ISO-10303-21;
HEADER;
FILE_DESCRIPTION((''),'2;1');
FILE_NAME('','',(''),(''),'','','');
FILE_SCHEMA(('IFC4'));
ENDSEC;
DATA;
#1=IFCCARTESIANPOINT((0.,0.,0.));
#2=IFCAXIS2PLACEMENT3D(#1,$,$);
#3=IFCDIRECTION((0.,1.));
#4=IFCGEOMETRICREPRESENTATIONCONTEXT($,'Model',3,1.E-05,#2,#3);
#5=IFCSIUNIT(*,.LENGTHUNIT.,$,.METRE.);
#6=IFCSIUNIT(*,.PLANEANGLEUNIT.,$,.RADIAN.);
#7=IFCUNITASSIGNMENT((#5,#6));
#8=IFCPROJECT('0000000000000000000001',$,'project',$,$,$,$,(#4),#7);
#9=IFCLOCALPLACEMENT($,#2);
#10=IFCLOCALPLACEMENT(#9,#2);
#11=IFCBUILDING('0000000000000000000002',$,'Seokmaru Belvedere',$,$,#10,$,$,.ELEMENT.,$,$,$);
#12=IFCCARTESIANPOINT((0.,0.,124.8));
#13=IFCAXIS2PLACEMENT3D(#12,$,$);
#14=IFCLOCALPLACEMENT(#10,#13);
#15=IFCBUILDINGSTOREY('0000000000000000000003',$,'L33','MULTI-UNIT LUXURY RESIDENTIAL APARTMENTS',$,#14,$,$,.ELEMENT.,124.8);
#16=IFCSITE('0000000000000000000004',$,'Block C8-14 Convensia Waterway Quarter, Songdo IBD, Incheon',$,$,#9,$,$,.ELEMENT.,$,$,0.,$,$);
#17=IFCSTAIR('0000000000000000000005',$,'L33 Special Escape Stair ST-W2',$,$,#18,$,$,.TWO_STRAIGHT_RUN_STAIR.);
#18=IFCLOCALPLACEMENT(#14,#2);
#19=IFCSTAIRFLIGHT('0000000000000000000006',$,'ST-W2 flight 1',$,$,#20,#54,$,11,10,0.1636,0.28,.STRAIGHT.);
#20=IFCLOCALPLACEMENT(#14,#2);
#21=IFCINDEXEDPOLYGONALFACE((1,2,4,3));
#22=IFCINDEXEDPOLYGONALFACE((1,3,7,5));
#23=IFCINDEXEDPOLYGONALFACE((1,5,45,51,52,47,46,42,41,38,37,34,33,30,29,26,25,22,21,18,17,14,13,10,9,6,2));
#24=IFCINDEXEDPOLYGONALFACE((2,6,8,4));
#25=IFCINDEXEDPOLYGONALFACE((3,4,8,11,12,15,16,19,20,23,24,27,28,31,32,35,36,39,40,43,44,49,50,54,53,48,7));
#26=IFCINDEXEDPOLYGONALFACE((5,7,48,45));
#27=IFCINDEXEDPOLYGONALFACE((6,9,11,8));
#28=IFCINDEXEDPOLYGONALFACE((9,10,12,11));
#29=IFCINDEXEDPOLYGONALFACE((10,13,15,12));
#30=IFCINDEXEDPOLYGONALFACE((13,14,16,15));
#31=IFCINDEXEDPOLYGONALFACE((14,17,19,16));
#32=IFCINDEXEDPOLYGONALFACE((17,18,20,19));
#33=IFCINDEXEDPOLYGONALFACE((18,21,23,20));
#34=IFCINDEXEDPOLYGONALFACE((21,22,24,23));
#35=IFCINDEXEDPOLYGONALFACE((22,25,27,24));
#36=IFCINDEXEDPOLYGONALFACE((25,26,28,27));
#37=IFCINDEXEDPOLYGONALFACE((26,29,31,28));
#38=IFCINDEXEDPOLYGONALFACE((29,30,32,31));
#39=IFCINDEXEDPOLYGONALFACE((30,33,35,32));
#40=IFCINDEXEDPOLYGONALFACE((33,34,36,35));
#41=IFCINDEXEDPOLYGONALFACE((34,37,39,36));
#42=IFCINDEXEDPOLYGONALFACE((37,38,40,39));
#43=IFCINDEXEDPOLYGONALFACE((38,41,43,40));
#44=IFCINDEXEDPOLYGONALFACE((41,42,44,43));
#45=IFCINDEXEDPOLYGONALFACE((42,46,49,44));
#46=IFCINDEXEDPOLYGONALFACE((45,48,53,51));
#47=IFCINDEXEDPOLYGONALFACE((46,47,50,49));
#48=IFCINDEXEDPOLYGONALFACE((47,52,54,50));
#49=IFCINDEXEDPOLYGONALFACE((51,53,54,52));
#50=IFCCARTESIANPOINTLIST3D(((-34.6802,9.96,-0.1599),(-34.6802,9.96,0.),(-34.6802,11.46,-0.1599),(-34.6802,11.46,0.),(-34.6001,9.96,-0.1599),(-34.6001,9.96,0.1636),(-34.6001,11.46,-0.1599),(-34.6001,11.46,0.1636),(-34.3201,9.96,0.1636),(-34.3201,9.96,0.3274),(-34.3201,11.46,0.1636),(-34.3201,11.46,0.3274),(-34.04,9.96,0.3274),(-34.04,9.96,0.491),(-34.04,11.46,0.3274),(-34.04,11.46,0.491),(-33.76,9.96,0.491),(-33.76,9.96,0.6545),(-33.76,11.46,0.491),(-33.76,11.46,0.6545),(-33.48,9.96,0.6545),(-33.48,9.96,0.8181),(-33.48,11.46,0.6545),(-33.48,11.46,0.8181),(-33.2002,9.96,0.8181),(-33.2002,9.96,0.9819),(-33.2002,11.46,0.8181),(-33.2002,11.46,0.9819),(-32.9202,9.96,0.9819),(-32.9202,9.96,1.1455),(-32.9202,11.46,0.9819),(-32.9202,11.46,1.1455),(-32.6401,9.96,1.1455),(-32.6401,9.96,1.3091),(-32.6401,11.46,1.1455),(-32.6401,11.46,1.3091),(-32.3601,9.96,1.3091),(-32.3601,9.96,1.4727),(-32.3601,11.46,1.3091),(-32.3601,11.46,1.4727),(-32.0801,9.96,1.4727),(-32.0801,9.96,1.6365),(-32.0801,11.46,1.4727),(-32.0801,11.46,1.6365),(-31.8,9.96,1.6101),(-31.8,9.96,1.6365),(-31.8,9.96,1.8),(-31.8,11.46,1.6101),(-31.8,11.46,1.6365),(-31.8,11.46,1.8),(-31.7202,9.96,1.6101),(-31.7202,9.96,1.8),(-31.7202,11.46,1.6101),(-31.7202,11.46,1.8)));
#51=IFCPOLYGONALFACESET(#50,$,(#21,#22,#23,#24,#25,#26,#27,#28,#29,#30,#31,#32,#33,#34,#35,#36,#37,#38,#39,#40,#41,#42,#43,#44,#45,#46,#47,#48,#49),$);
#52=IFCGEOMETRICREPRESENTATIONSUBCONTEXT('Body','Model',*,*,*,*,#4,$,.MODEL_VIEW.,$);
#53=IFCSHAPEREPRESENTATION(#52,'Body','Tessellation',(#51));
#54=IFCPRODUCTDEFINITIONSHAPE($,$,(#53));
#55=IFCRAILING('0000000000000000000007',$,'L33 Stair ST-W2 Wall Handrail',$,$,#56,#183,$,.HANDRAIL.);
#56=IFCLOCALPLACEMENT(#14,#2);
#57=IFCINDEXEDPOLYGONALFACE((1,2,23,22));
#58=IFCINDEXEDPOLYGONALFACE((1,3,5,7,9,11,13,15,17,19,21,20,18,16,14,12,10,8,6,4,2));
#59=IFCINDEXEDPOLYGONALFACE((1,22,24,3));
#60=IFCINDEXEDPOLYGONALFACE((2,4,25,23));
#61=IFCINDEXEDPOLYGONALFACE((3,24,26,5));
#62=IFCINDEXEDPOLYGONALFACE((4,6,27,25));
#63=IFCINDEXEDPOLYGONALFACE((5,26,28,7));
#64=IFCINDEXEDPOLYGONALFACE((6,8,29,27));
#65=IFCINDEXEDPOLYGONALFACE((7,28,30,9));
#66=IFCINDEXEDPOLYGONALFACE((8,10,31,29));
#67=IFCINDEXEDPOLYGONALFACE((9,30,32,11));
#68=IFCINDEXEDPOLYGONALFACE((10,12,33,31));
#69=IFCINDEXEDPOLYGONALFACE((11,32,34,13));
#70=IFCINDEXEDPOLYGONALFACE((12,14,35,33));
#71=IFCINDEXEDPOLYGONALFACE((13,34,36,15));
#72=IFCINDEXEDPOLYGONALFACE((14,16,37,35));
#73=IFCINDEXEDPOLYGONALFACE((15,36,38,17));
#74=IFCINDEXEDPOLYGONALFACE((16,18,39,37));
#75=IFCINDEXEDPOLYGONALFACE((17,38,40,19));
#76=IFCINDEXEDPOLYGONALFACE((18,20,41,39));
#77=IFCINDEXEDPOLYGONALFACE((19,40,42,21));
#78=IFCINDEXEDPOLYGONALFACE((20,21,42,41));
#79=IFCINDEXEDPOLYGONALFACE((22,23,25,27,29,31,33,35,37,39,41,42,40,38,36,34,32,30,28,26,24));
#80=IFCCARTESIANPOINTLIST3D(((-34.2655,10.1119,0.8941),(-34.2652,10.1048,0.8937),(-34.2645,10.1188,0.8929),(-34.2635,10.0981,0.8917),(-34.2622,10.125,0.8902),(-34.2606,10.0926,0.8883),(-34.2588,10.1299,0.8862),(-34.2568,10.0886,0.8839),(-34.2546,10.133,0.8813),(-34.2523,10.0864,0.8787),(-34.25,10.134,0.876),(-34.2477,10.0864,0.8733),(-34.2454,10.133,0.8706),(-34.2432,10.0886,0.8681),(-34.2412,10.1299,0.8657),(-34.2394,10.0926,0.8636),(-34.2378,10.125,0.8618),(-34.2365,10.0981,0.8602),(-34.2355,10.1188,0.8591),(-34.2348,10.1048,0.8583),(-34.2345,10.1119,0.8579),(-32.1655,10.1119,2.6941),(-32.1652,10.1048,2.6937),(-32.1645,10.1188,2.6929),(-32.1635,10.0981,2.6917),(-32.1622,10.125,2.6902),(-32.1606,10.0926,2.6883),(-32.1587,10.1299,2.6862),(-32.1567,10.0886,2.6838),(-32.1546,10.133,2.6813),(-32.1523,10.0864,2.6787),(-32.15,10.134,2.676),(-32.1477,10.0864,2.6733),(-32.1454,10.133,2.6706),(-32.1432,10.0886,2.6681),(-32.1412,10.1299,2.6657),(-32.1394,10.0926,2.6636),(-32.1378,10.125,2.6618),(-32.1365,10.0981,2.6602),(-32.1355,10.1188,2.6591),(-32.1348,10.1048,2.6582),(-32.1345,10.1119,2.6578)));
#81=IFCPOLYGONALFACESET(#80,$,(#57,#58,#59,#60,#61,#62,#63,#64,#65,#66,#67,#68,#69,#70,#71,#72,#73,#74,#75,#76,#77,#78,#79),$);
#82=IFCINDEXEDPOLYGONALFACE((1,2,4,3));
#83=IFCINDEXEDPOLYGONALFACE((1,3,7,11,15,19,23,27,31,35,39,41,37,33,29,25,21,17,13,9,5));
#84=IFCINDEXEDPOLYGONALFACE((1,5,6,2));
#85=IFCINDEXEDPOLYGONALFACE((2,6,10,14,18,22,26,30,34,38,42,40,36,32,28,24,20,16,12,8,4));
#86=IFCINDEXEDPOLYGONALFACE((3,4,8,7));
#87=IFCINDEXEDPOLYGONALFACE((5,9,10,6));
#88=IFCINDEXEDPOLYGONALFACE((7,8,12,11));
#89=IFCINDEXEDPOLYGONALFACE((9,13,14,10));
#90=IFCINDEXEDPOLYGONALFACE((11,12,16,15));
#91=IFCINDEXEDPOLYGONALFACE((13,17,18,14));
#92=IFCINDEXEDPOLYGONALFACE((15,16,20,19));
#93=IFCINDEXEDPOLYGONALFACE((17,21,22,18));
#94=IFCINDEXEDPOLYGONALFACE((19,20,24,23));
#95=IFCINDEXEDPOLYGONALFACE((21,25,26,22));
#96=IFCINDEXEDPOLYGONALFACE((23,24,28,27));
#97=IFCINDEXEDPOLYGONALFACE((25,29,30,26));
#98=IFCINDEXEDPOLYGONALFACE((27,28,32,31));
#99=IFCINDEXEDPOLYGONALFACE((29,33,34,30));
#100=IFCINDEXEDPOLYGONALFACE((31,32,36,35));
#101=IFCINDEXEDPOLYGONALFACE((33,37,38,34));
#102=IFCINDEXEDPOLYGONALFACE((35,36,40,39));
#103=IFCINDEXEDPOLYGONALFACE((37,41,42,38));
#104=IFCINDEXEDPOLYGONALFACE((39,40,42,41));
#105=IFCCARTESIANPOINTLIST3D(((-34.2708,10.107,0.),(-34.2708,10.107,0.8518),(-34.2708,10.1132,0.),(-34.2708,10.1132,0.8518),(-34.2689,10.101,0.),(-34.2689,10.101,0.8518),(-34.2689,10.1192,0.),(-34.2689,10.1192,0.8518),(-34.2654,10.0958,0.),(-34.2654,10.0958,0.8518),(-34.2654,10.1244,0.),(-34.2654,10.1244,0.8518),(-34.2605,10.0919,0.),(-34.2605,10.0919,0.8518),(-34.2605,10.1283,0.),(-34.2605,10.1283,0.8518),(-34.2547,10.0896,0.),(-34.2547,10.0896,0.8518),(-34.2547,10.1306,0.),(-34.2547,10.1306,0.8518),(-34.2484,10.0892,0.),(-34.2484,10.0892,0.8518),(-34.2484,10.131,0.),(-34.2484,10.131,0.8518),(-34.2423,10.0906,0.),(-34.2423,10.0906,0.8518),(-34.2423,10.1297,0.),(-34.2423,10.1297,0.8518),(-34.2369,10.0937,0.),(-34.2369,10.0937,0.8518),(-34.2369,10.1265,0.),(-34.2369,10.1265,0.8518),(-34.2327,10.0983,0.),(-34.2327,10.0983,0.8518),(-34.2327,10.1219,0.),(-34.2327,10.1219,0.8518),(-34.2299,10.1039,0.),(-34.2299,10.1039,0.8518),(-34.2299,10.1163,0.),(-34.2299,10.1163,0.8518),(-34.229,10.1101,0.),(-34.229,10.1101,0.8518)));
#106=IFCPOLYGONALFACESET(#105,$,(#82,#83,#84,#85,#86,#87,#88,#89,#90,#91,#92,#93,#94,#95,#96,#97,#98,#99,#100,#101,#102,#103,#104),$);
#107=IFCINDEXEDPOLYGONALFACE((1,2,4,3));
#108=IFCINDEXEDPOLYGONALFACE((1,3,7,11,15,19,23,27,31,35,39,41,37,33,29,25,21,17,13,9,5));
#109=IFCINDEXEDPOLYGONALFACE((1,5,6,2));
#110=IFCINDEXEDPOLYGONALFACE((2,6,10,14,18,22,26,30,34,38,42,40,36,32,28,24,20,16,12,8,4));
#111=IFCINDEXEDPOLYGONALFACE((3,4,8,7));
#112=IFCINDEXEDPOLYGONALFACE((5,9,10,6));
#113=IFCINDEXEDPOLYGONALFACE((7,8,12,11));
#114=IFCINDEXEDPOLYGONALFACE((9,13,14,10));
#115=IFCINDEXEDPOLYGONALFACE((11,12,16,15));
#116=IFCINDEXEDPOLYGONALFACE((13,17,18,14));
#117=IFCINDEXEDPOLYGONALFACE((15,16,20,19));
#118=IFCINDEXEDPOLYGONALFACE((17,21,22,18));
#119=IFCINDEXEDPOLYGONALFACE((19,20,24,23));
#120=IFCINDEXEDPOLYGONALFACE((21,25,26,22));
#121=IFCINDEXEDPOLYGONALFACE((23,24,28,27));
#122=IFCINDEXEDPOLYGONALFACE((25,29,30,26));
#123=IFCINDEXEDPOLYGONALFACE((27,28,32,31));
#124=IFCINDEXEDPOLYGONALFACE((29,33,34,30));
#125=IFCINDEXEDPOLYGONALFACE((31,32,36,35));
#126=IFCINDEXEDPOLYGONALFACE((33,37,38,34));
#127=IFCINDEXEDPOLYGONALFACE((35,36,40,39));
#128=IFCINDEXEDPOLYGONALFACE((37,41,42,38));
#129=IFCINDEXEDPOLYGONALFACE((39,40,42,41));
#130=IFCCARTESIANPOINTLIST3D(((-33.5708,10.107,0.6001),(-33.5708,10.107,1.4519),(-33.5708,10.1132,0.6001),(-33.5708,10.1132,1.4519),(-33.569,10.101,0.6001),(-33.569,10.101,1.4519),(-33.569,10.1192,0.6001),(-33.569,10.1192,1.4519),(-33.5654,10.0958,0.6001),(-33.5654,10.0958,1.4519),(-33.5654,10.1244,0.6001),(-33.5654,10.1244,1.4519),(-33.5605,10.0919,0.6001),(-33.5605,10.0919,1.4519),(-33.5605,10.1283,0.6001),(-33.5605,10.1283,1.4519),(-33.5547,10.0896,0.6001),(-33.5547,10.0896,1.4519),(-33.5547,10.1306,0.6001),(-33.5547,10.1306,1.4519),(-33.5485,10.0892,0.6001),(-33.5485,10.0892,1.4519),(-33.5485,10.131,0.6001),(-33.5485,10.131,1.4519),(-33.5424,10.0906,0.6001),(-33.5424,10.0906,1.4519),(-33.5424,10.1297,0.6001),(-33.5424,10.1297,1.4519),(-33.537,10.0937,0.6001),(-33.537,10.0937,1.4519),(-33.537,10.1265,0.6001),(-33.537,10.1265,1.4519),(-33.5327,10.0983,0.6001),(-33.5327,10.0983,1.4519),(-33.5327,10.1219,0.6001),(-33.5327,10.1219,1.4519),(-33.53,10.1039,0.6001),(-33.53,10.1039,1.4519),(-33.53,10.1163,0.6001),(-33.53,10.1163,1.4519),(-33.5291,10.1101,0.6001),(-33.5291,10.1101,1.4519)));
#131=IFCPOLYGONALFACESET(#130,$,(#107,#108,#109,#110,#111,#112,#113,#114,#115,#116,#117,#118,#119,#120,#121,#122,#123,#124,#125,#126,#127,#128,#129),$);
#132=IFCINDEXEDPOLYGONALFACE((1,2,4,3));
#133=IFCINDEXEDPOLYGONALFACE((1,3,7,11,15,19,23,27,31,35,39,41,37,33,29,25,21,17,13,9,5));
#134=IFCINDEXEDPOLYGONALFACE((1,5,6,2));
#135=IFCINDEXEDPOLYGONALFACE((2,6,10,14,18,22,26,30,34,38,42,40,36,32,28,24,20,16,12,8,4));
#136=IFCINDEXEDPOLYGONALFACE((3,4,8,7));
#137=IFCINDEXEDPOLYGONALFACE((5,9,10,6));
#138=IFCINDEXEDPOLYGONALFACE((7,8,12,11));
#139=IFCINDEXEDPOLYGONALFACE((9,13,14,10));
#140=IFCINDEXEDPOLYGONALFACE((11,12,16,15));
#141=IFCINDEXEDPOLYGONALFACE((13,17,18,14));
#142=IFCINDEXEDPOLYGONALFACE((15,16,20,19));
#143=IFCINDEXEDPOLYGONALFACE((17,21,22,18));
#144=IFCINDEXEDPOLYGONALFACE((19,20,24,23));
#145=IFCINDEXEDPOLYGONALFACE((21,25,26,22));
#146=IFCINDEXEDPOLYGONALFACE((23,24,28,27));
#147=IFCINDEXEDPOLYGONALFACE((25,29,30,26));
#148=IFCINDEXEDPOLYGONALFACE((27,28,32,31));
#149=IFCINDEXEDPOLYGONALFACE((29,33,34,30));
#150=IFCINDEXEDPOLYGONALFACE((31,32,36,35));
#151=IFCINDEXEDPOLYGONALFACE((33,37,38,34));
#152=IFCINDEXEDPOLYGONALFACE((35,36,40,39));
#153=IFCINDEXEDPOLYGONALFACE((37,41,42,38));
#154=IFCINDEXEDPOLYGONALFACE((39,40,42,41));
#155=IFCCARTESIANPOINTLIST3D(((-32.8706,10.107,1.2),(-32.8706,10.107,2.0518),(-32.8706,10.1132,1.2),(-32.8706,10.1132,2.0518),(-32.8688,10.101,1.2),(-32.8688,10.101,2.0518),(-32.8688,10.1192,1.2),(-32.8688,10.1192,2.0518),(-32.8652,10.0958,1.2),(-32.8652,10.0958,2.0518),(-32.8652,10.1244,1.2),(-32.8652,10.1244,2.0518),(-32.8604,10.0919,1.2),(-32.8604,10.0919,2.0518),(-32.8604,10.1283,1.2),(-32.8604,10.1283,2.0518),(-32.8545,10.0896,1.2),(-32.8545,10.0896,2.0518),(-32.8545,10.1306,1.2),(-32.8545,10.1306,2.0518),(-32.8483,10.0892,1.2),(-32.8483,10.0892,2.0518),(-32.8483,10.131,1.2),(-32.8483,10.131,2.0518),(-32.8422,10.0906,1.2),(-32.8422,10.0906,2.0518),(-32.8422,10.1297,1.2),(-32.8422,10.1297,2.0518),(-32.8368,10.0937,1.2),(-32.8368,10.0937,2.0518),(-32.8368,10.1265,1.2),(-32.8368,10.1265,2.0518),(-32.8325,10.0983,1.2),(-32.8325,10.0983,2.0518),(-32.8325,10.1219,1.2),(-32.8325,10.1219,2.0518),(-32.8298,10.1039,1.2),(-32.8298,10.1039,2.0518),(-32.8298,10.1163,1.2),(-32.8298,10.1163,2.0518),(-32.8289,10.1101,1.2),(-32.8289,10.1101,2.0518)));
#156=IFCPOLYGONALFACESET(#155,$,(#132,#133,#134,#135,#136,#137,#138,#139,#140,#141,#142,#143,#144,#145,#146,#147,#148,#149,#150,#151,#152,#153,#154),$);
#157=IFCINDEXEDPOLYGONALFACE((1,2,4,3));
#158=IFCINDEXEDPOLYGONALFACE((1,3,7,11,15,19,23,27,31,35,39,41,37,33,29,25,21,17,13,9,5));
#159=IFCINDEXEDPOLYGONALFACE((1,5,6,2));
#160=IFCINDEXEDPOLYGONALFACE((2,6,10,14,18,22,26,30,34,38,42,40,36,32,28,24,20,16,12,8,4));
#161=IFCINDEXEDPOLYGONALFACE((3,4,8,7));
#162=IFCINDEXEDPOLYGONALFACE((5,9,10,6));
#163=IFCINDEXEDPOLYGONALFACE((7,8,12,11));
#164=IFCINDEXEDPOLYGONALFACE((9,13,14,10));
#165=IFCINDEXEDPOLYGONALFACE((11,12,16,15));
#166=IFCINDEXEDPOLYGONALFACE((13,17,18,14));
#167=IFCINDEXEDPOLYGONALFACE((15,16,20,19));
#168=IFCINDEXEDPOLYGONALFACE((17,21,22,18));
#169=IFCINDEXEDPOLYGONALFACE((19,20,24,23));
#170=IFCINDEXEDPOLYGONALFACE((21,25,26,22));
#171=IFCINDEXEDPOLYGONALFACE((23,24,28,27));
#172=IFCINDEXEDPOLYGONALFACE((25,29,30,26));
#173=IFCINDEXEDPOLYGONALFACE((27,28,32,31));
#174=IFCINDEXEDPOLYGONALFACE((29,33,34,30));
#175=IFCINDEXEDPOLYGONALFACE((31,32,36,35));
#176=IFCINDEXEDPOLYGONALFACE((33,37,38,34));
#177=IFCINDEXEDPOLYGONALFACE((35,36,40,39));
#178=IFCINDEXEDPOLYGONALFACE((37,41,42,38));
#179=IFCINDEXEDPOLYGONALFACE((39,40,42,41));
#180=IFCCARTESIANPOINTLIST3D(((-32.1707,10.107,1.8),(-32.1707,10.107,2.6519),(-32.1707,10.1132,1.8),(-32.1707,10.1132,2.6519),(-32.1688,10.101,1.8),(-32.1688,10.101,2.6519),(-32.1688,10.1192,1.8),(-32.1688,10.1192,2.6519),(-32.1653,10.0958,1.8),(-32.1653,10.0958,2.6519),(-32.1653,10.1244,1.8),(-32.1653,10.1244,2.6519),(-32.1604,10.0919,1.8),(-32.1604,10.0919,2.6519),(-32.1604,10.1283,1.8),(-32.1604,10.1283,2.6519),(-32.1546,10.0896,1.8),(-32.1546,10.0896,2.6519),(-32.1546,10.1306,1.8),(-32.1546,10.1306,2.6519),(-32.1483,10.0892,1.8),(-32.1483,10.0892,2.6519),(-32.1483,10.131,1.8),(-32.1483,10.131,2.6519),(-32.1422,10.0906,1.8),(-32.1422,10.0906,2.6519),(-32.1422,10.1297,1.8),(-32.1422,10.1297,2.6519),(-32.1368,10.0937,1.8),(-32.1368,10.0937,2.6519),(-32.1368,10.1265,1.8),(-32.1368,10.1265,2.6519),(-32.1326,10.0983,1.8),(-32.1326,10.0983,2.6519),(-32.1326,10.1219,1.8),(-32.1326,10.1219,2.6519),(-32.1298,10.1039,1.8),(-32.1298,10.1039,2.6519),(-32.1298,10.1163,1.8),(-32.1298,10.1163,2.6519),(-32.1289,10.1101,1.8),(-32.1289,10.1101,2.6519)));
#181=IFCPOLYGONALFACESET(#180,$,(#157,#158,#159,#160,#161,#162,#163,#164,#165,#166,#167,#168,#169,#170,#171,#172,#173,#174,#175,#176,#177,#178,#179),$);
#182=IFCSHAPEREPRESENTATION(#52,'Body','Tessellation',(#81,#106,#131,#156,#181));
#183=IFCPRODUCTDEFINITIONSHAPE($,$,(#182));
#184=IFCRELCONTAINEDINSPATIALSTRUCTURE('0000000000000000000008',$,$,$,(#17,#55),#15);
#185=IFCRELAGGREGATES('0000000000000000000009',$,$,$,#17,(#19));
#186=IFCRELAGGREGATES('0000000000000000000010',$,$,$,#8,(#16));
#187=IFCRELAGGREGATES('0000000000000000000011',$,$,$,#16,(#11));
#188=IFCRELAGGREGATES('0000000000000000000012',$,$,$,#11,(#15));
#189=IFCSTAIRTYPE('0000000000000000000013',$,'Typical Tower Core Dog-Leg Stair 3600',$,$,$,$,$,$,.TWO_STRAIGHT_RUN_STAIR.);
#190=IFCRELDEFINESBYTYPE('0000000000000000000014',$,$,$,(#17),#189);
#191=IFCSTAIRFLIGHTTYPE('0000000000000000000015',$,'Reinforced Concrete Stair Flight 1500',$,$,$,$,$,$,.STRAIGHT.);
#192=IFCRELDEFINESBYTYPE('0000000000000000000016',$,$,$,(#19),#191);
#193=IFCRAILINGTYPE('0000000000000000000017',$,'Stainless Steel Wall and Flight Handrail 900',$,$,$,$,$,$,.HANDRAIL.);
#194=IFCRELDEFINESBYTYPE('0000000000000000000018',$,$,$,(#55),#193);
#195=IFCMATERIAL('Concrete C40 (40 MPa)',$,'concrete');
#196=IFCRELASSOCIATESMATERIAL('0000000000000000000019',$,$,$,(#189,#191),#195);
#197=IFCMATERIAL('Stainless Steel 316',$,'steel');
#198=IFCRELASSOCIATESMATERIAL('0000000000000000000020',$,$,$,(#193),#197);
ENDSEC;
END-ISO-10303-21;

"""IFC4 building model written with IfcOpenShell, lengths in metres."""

from ifc_helpers import new_model, si_unit, direction, frame, origin, origin_2d, place, context, subcontext, project, spatial, polyline, circle, outline, extrude, material, type_object, element, aggregate, save


model = new_model("IFC4")

# Units and contexts
model_context = context("Model", 3, precision=1e-05, world=origin(), true_north=direction((0.0, 1.0)))
body_context = subcontext(model_context, "Body", "Model", "MODEL_VIEW")
ifc_project = project(units=[si_unit("LENGTHUNIT", "METRE"), si_unit("PLANEANGLEUNIT", "RADIAN")], contexts=[model_context])

# Site, building, storey
site_placement = place(None, origin())
site = spatial("IfcSite", under=ifc_project, at=site_placement, Name="Block C8-14 Convensia Waterway Quarter, Songdo IBD, Incheon", CompositionType="ELEMENT", RefElevation=0.0)
building_placement = place(site_placement, origin())
building = spatial("IfcBuilding", under=site, at=building_placement, Name="Seokmaru Belvedere", CompositionType="ELEMENT")
storey_placement = place(building_placement, frame((0.0, 0.0, 124.8)))
storey = spatial("IfcBuildingStorey", under=building, at=storey_placement, Name="L33", Description="MULTI-UNIT LUXURY RESIDENTIAL APARTMENTS", CompositionType="ELEMENT", Elevation=124.8)

# Stair, stair flight
ifc_material_1 = material(Name="Concrete C40 (40 MPa)", Category="concrete")
stair_type = type_object("IfcStairType", Name="Typical Tower Core Dog-Leg Stair 3600", PredefinedType="TWO_STRAIGHT_RUN_STAIR", material=ifc_material_1)
stair_placement = place(storey_placement, origin())
stair = element("IfcStair", 1, at=stair_placement, inside=storey, type_object=stair_type, Name="L33 Special Escape Stair ST-W2", PredefinedType="TWO_STRAIGHT_RUN_STAIR")
stair_flight_type = type_object("IfcStairFlightType", Name="Reinforced Concrete Stair Flight 1500", PredefinedType="STRAIGHT", material=ifc_material_1)
stair_flight_placement = place(storey_placement, frame((-34.6001, 10.71, 0.0), z_axis=(0.0, 0.0, 1.0), x_axis=(1.0, 0.0, 0.0)))
stair_flight = element("IfcStairFlight", 2, at=stair_flight_placement, type_object=stair_flight_type, Name="ST-W2 flight 1", NumberOfRisers=11, NumberOfTreads=10, PredefinedType="STRAIGHT", RiserHeight=0.1636, TreadLength=0.28, context=body_context, shape_type="SweptSolid", body=[
    extrude(outline(polyline([(-0.0801, 0.0), (0.0, 0.1636), (0.28, 0.1636), (0.28, 0.3274), (0.5601, 0.3274), (0.5601, 0.491), (0.8401, 0.491), (0.8401, 0.6545), (1.1201, 0.6545), (1.1201, 0.8181), (1.3999, 0.8181), (1.3999, 0.9819), (1.6799, 0.9819), (1.6799, 1.1455), (1.96, 1.1455), (1.96, 1.3091), (2.24, 1.3091), (2.24, 1.4727), (2.52, 1.4727), (2.52, 1.6365), (2.8, 1.6365), (2.8, 1.8), (2.8799, 1.8), (2.8799, 1.6101), (2.8, 1.6101), (0.0, -0.1599), (-0.0801, -0.1599), (-0.0801, 0.0)])), frame((0.0, 0.75, 0.0), z_axis=(0.0, -1.0, 0.0), x_axis=(1.0, 0.0, 0.0)), (0.0, 0.0, 1.0), 1.5),
])
aggregate(stair, [stair_flight])

# Railing
ifc_material_2 = material(Name="Stainless Steel 316", Category="steel")
railing_type = type_object("IfcRailingType", Name="Stainless Steel Wall and Flight Handrail 900", PredefinedType="HANDRAIL", material=ifc_material_2)
railing_placement = place(storey_placement, frame((-34.25, 10.1101, 0.0)))
element("IfcRailing", 3, at=railing_placement, inside=storey, type_object=railing_type, Name="L33 Stair ST-W2 Wall Handrail", PredefinedType="HANDRAIL", context=body_context, shape_type="SweptSolid", body=[
    extrude(circle(Radius=0.0239, at=origin_2d()), frame((0.0, 0.0, 0.876), z_axis=(0.759263, 0.0, 0.650784), x_axis=(0.0, 1.0, 0.0)), (0.0, 0.0, 1.0), 2.7659),
    extrude(circle(Radius=0.021, at=origin_2d()), origin(), (0.0, 0.0, 1.0), 0.8518),
    extrude(circle(Radius=0.021, at=origin_2d()), frame((0.7, 0.0, 0.6001)), (0.0, 0.0, 1.0), 0.8518),
    extrude(circle(Radius=0.021, at=origin_2d()), frame((1.4001, 0.0, 1.2)), (0.0, 0.0, 1.0), 0.8518),
    extrude(circle(Radius=0.021, at=origin_2d()), frame((2.1001, 0.0, 1.8)), (0.0, 0.0, 1.0), 0.8518),
])

save(model, "model.ifc")
